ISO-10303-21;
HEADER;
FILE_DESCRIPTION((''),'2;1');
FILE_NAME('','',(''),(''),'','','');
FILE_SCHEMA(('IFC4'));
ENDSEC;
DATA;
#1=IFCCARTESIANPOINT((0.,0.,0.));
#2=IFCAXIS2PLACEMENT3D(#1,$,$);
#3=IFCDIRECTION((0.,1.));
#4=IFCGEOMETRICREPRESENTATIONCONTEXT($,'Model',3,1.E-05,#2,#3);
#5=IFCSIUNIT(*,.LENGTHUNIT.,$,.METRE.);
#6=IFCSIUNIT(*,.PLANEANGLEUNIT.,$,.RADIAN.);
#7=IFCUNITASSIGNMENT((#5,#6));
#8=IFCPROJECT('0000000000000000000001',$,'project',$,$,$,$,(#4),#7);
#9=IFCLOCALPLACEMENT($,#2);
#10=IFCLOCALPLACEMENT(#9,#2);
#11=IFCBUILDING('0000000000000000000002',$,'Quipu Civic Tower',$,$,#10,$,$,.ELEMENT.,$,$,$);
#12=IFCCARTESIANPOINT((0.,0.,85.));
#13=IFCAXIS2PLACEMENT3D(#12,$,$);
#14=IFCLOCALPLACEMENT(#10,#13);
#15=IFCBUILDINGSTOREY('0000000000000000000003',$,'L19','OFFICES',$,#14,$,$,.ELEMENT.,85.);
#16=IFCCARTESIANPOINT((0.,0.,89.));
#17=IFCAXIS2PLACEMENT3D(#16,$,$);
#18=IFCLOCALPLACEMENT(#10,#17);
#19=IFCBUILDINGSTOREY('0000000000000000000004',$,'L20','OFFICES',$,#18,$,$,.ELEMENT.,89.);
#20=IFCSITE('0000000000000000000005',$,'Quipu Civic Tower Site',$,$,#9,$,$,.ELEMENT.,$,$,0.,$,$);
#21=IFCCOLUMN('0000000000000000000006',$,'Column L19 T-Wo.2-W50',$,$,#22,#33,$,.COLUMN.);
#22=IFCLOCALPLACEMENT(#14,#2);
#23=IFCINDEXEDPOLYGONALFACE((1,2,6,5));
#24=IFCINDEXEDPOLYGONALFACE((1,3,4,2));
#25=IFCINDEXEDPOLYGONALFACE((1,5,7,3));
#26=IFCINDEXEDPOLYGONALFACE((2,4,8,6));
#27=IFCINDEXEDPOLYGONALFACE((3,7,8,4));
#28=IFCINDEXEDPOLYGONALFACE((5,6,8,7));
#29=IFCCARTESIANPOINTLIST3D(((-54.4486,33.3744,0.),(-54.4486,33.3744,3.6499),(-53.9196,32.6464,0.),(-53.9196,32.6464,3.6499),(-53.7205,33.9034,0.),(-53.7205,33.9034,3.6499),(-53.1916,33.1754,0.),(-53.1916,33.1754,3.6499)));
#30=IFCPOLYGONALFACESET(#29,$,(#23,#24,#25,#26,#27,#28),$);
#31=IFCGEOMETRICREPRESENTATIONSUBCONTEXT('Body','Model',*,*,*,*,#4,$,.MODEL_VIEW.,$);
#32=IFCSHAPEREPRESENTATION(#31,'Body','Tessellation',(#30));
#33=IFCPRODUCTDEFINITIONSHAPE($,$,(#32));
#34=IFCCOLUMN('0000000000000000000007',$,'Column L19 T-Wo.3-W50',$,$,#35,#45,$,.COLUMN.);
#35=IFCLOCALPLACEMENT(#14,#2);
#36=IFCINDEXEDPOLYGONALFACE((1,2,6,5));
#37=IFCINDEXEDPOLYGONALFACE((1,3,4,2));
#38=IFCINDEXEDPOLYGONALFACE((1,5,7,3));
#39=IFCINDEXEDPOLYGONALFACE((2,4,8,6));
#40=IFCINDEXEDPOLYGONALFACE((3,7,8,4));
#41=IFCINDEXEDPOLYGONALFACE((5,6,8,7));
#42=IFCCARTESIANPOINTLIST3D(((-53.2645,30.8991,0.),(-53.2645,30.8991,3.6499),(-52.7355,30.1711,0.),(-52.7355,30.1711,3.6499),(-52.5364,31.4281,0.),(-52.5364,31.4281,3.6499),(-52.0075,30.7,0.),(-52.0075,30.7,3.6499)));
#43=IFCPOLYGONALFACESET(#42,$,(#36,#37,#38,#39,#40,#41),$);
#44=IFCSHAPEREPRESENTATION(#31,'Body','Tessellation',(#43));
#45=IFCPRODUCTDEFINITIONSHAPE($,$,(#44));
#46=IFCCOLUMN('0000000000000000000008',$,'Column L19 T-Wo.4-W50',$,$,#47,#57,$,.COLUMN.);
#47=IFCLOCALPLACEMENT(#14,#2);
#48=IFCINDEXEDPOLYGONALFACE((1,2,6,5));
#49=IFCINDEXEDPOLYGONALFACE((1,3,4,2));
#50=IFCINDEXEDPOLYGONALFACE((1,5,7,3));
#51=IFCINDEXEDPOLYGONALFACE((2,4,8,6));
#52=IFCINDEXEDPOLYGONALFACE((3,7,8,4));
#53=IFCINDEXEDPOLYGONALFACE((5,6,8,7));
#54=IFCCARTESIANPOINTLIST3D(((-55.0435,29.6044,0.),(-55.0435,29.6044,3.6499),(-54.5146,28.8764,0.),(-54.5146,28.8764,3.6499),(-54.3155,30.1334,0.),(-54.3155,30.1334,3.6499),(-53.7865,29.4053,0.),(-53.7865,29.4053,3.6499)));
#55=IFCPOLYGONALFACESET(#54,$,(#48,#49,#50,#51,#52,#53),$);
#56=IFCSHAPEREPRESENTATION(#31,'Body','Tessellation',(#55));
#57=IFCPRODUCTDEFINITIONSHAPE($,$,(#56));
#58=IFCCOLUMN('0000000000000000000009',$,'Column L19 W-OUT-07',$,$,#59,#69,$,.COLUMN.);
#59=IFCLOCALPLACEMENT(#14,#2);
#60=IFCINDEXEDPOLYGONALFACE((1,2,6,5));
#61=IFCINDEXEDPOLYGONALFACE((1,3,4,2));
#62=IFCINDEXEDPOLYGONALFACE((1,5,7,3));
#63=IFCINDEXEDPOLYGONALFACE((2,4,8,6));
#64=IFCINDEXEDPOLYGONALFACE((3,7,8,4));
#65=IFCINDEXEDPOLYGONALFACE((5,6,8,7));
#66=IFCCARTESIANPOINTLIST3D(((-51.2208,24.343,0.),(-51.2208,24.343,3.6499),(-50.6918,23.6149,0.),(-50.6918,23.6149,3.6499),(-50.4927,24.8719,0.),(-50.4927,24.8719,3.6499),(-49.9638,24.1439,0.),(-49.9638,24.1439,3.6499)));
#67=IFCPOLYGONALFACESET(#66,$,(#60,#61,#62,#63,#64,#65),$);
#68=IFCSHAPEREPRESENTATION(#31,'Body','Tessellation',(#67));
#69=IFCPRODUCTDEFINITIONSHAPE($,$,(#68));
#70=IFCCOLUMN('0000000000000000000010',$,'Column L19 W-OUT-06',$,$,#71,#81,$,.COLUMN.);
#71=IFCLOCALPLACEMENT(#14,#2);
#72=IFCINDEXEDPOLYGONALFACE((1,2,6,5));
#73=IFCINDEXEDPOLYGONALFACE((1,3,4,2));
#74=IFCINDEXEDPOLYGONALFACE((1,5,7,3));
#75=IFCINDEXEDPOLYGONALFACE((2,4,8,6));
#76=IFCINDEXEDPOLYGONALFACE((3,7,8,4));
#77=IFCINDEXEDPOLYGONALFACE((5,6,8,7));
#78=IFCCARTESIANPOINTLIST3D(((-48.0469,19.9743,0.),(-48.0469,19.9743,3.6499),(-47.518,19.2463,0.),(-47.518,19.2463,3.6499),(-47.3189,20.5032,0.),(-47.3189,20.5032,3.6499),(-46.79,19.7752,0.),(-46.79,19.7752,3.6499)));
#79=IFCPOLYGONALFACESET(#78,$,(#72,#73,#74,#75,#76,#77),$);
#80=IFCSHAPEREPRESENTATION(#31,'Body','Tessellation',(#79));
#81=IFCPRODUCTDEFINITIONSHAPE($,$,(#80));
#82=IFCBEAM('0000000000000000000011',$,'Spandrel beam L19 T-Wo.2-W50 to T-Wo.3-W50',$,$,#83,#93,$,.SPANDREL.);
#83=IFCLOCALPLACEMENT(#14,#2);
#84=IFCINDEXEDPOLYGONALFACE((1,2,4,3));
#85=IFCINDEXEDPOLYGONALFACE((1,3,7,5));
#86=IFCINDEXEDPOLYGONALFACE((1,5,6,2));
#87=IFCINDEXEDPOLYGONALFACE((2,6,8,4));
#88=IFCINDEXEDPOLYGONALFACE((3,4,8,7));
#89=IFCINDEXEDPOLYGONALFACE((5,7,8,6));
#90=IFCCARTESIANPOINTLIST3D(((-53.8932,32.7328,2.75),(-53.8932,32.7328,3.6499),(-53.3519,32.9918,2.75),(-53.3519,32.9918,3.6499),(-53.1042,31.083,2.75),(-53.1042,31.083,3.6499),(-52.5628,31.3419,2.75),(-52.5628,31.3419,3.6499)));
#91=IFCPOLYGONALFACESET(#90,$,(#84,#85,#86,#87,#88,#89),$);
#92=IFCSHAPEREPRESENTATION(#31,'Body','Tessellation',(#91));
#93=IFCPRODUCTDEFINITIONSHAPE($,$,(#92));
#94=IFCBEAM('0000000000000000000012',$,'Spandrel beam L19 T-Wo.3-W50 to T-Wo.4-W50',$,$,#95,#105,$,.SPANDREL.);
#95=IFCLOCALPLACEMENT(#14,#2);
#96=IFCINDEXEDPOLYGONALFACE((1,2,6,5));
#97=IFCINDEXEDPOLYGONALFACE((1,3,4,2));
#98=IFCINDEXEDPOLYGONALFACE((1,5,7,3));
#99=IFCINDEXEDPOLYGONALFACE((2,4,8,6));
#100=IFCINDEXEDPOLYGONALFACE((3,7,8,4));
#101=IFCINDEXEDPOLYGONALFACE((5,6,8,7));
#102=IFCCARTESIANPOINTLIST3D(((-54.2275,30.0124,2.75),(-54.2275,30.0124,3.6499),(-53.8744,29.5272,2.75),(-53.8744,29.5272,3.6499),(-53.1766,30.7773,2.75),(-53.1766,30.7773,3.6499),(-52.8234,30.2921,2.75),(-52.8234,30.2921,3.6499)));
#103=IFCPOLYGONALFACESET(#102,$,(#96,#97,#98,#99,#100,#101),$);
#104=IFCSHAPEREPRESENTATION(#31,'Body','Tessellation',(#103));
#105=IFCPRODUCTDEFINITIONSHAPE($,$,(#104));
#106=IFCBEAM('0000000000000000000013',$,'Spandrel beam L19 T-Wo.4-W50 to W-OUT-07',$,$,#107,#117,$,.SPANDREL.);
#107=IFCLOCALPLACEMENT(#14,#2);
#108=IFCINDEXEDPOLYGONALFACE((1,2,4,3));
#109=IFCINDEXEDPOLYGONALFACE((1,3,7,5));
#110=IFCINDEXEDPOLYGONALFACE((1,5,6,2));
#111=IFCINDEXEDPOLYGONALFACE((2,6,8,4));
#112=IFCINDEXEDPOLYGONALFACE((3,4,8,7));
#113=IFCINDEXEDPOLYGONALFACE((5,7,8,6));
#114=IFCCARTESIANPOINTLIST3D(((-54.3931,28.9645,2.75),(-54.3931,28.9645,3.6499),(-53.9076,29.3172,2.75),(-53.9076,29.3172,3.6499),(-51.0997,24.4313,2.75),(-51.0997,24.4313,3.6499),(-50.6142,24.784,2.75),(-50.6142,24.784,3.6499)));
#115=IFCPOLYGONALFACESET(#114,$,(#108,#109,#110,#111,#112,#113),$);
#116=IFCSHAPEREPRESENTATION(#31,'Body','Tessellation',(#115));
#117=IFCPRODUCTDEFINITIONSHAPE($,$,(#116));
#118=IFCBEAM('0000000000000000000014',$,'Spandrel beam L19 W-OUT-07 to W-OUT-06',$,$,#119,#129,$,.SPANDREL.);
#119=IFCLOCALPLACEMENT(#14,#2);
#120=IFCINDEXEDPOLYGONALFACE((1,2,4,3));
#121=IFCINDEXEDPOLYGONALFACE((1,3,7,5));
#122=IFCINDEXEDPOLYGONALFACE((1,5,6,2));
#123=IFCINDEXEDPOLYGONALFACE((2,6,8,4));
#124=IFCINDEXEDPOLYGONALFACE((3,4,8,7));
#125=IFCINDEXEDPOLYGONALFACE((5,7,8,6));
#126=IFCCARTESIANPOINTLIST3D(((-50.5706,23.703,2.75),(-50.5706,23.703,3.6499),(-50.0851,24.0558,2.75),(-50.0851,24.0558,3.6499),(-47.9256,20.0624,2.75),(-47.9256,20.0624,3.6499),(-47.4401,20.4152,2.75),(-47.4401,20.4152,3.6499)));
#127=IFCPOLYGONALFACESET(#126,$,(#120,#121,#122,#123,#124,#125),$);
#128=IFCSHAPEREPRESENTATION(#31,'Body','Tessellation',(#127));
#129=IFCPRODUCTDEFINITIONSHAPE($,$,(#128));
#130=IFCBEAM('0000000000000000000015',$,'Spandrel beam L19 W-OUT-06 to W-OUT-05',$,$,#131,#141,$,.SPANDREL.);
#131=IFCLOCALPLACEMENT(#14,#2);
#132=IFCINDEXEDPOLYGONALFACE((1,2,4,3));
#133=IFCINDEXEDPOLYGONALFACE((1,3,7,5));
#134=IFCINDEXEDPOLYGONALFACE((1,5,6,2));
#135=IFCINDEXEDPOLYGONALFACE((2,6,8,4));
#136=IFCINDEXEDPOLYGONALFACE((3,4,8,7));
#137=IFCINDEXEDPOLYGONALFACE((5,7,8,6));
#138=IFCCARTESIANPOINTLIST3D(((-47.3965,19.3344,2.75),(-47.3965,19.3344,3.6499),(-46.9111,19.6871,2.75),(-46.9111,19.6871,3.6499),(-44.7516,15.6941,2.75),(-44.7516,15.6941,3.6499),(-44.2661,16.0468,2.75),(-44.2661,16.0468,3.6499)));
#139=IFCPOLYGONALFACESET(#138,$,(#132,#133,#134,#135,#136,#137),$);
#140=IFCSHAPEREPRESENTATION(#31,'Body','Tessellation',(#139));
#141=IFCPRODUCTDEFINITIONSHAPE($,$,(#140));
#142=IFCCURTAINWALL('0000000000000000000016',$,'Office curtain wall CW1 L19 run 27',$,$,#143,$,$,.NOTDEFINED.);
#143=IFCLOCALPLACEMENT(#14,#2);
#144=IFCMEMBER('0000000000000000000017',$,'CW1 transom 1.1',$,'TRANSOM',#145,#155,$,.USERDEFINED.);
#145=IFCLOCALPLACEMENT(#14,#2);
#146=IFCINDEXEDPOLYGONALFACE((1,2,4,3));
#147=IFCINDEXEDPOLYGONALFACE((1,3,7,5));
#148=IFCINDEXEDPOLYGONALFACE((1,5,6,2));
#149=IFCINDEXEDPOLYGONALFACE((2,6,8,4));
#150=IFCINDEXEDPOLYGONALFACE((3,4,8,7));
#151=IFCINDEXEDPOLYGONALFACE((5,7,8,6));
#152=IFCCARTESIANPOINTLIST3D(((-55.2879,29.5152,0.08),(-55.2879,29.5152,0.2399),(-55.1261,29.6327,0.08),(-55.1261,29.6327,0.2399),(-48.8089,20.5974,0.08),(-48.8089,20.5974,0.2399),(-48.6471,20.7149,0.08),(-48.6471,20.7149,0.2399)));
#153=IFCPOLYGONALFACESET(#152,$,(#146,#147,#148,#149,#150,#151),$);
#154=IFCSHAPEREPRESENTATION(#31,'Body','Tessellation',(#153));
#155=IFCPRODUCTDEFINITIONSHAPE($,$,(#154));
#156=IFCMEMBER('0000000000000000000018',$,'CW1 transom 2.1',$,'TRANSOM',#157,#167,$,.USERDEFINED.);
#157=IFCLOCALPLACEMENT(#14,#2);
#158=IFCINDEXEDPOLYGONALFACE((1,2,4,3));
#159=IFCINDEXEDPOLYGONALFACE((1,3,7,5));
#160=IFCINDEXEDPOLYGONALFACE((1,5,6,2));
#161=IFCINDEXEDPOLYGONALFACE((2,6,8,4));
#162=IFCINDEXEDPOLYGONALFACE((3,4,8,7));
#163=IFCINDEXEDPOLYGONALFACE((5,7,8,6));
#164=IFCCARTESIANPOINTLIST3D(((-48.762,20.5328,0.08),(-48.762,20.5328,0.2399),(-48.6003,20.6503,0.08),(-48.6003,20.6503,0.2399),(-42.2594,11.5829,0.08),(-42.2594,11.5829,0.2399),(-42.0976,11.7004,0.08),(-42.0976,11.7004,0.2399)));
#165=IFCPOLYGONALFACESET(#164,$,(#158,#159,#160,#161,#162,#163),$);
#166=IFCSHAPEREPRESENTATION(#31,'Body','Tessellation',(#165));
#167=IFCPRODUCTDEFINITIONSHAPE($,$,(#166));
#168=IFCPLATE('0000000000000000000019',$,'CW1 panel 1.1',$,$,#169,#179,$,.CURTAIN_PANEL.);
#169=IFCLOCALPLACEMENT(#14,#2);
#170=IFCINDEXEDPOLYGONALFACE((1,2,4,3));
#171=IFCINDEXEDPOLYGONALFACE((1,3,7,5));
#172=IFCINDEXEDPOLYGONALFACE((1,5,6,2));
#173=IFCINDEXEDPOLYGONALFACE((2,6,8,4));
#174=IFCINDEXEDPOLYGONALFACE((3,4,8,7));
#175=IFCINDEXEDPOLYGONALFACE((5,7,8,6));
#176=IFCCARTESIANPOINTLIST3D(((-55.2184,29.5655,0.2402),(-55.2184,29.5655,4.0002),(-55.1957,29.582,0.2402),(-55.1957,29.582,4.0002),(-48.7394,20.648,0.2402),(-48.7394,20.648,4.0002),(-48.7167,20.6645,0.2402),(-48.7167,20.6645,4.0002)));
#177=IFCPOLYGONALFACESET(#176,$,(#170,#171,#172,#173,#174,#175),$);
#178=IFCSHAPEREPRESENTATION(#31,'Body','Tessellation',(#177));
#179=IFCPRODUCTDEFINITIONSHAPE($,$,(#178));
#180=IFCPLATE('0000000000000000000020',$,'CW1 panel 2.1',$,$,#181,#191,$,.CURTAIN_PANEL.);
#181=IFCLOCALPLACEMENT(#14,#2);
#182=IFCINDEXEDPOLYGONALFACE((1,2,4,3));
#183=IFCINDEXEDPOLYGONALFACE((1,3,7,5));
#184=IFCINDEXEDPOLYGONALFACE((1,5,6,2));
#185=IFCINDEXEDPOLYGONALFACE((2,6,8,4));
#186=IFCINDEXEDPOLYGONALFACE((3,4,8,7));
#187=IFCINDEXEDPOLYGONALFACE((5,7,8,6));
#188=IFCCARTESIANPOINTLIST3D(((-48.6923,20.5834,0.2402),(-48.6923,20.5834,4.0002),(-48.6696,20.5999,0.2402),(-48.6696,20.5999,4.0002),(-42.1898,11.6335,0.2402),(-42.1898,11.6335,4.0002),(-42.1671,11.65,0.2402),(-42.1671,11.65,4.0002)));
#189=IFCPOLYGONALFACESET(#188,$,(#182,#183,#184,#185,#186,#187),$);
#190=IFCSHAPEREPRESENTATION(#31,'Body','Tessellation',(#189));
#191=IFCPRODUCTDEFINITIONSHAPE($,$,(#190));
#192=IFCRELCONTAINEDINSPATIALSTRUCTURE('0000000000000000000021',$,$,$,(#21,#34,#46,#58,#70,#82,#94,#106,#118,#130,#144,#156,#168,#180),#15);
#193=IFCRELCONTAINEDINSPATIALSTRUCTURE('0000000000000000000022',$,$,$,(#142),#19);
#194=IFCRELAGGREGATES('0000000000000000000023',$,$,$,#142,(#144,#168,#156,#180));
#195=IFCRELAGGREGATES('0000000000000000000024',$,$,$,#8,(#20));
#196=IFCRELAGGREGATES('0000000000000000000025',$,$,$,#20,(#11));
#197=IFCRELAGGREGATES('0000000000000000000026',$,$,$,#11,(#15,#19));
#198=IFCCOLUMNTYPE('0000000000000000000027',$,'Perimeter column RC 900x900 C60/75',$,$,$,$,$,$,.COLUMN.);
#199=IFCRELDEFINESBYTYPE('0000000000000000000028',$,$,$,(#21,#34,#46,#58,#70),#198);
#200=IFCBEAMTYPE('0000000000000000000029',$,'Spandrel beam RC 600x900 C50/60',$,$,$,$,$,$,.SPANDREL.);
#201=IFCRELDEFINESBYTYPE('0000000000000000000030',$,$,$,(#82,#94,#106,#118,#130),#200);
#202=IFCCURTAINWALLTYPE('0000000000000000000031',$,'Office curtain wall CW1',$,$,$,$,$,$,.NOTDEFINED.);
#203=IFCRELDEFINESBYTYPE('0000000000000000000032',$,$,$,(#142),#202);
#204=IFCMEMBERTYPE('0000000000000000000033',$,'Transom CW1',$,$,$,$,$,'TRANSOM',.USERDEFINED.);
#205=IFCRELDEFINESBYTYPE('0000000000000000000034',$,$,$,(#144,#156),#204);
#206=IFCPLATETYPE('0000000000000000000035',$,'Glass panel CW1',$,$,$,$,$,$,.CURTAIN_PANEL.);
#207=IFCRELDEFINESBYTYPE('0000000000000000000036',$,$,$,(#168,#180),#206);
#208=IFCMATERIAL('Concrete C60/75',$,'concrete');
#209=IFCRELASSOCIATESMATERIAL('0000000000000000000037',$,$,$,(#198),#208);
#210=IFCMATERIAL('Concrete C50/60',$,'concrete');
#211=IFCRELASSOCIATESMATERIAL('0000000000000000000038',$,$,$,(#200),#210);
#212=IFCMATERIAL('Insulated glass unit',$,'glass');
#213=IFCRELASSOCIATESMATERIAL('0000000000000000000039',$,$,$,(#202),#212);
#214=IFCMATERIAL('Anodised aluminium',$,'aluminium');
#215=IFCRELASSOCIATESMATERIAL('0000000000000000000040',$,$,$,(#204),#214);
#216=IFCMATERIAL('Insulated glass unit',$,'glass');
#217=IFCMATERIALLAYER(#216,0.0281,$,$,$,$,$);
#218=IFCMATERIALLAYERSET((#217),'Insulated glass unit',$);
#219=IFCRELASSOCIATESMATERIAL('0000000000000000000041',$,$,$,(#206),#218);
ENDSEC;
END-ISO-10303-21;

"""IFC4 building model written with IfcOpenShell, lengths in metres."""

from ifc_helpers import new_model, si_unit, direction, frame, origin, origin_2d, place, context, subcontext, project, spatial, rectangle, extrude, material, layer, layer_set, material_profile, profile_set, type_object, element, aggregate, save


model = new_model("IFC4")

# Units and contexts
model_context = context("Model", 3, precision=1e-05, world=origin(), true_north=direction((0.0, 1.0)))
body_context = subcontext(model_context, "Body", "Model", "MODEL_VIEW")
ifc_project = project(units=[si_unit("LENGTHUNIT", "METRE"), si_unit("PLANEANGLEUNIT", "RADIAN")], contexts=[model_context])

# Site, building, storey
site_placement = place(None, origin())
site = spatial("IfcSite", under=ifc_project, at=site_placement, Name="Quipu Civic Tower Site", CompositionType="ELEMENT", RefElevation=0.0)
building_placement = place(site_placement, origin())
building = spatial("IfcBuilding", under=site, at=building_placement, Name="Quipu Civic Tower", CompositionType="ELEMENT")
storey_1_placement = place(building_placement, frame((0.0, 0.0, 85.0)))
storey_1 = spatial("IfcBuildingStorey", under=building, at=storey_1_placement, Name="L19", Description="OFFICES", CompositionType="ELEMENT", Elevation=85.0)

# Columns
ifc_material_1 = material(Name="Concrete C60/75", Category="concrete")
ifc_material_profile_1 = material_profile(ifc_material_1, rectangle(XDim=0.8999, YDim=0.8999, at=origin_2d()), Name="RC900x900")
ifc_profile_set_1 = profile_set([ifc_material_profile_1], Name="Concrete C60/75")
column_type = type_object("IfcColumnType", Name="Perimeter column RC 900x900 C60/75", PredefinedType="COLUMN", material=ifc_profile_set_1)
for number, where, z_axis, x_axis, name in (
    (1, (-53.8201, 33.2749, 0.0), (0.0, 0.0, 1.0), (0.587785, -0.809017, 0.0), "Column L19 T-Wo.2-W50"),
    (2, (-52.636, 30.7996, 0.0), (0.0, 0.0, 1.0), (-0.809017, -0.587785, 0.0), "Column L19 T-Wo.3-W50"),
    (3, (-54.415, 29.5049, 0.0), (0.0, 0.0, 1.0), (0.587785, -0.809017, 0.0), "Column L19 T-Wo.4-W50"),
    (4, (-50.5923, 24.2434, 0.0), (0.0, 0.0, 1.0), (0.587785, -0.809017, 0.0), "Column L19 W-OUT-07"),
    (5, (-47.4185, 19.8748, 0.0), (0.0, 0.0, 1.0), (0.587785, -0.809017, 0.0), "Column L19 W-OUT-06"),
):
    element("IfcColumn", number, at=place(storey_1_placement, frame(where, z_axis=z_axis, x_axis=x_axis)), inside=storey_1, type_object=column_type, Name=name, PredefinedType="COLUMN", context=body_context, shape_type="SweptSolid", body=[
        extrude(rectangle(XDim=0.8999, YDim=0.8999, at=origin_2d()), origin(), (0.0, 0.0, 1.0), 3.6499),
    ])

# Beams
ifc_material_2 = material(Name="Concrete C50/60", Category="concrete")
ifc_material_profile_2 = material_profile(ifc_material_2, rectangle(XDim=0.6001, YDim=0.8999, at=origin_2d()), Name="RC600x900")
ifc_profile_set_2 = profile_set([ifc_material_profile_2], Name="Concrete C50/60")
beam_type = type_object("IfcBeamType", Name="Spandrel beam RC 600x900 C50/60", PredefinedType="SPANDREL", material=ifc_profile_set_2)
beam_1_placement = place(storey_1_placement, frame((-53.6226, 32.8623, 3.2), z_axis=(0.431446, -0.902139, 0.0), x_axis=(0.902139, 0.431446, 0.0)))
element("IfcBeam", 6, at=beam_1_placement, inside=storey_1, type_object=beam_type, Name="Spandrel beam L19 T-Wo.2-W50 to T-Wo.3-W50", PredefinedType="SPANDREL", context=body_context, shape_type="SweptSolid", body=[
    extrude(rectangle(XDim=0.6001, YDim=0.8999, at=origin_2d()), origin(), (0.0, 0.0, 1.0), 1.8289),
])
beam_2_placement = place(storey_1_placement, frame((-53.0, 30.5347, 3.2), z_axis=(-0.808549, -0.588429, 0.0), x_axis=(0.588429, -0.808549, 0.0)))
element("IfcBeam", 7, at=beam_2_placement, inside=storey_1, type_object=beam_type, Name="Spandrel beam L19 T-Wo.3-W50 to T-Wo.4-W50", PredefinedType="SPANDREL", context=body_context, shape_type="SweptSolid", body=[
    extrude(rectangle(XDim=0.6001, YDim=0.8999, at=origin_2d()), origin(), (0.0, 0.0, 1.0), 1.2998),
])
beam_3_placement = place(storey_1_placement, frame((-54.1504, 29.1409, 3.2), z_axis=(0.587773, -0.809026, 0.0), x_axis=(0.809026, 0.587773, 0.0)))
element("IfcBeam", 8, at=beam_3_placement, inside=storey_1, type_object=beam_type, Name="Spandrel beam L19 T-Wo.4-W50 to W-OUT-07", PredefinedType="SPANDREL", context=body_context, shape_type="SweptSolid", body=[
    extrude(rectangle(XDim=0.6001, YDim=0.8999, at=origin_2d()), origin(), (0.0, 0.0, 1.0), 5.6033),
])
beam_4_placement = place(storey_1_placement, frame((-50.3279, 23.8794, 3.2), z_axis=(0.587778, -0.809022, 0.0), x_axis=(0.809022, 0.587778, 0.0)))
element("IfcBeam", 9, at=beam_4_placement, inside=storey_1, type_object=beam_type, Name="Spandrel beam L19 W-OUT-07 to W-OUT-06", PredefinedType="SPANDREL", context=body_context, shape_type="SweptSolid", body=[
    extrude(rectangle(XDim=0.6001, YDim=0.8999, at=origin_2d()), origin(), (0.0, 0.0, 1.0), 4.5),
])
beam_5_placement = place(storey_1_placement, frame((-47.1538, 19.5107, 3.2), z_axis=(0.587804, -0.809003, 0.0), x_axis=(0.809003, 0.587804, 0.0)))
element("IfcBeam", 10, at=beam_5_placement, inside=storey_1, type_object=beam_type, Name="Spandrel beam L19 W-OUT-06 to W-OUT-05", PredefinedType="SPANDREL", context=body_context, shape_type="SweptSolid", body=[
    extrude(rectangle(XDim=0.6001, YDim=0.8999, at=origin_2d()), origin(), (0.0, 0.0, 1.0), 4.4998),
])

# Shared definitions
storey_2_placement = place(building_placement, frame((0.0, 0.0, 89.0)))
storey_2 = spatial("IfcBuildingStorey", under=building, at=storey_2_placement, Name="L20", Description="OFFICES", CompositionType="ELEMENT", Elevation=89.0)

# Curtain wall, members, plates
ifc_material_3 = material(Name="Insulated glass unit", Category="glass")
curtain_wall_type = type_object("IfcCurtainWallType", Name="Office curtain wall CW1", PredefinedType="NOTDEFINED", material=ifc_material_3)
curtain_wall_placement = place(storey_2_placement, origin())
curtain_wall = element("IfcCurtainWall", 11, at=curtain_wall_placement, inside=storey_2, type_object=curtain_wall_type, Name="Office curtain wall CW1 L19 run 27", PredefinedType="NOTDEFINED")
ifc_material_4 = material(Name="Anodised aluminium", Category="aluminium")
ifc_material_profile_3 = material_profile(ifc_material_4, rectangle(XDim=0.2, YDim=0.1599, at=origin_2d()), Name="RECT 200x160")
ifc_profile_set_3 = profile_set([ifc_material_profile_3], Name="Anodised aluminium")
member_type = type_object("IfcMemberType", Name="Transom CW1", ElementType="TRANSOM", PredefinedType="USERDEFINED", material=ifc_profile_set_3)
member_1_placement = place(storey_1_placement, frame((-55.207, 29.574, 0.1599), z_axis=(0.587779, -0.809021, 0.0), x_axis=(0.809021, 0.587779, 0.0)))
member_1 = element("IfcMember", 12, at=member_1_placement, inside=storey_1, type_object=member_type, Name="CW1 transom 1.1", ObjectType="TRANSOM", PredefinedType="USERDEFINED", context=body_context, shape_type="SweptSolid", body=[
    extrude(rectangle(XDim=0.2, YDim=0.1599, at=origin_2d()), origin(), (0.0, 0.0, 1.0), 11.0229),
])
member_2_placement = place(storey_1_placement, frame((-48.6812, 20.5916, 0.1599), z_axis=(0.587795, -0.80901, 0.0), x_axis=(0.80901, 0.587795, 0.0)))
member_2 = element("IfcMember", 13, at=member_2_placement, inside=storey_1, type_object=member_type, Name="CW1 transom 2.1", ObjectType="TRANSOM", PredefinedType="USERDEFINED", context=body_context, shape_type="SweptSolid", body=[
    extrude(rectangle(XDim=0.2, YDim=0.1599, at=origin_2d()), origin(), (0.0, 0.0, 1.0), 11.0627),
])
ifc_material_5 = material(Name="Insulated glass unit", Category="glass")
ifc_layer_1 = layer(ifc_material_5, 0.0281)
ifc_layer_set_1 = layer_set([ifc_layer_1], Name="Insulated glass unit")
plate_type_1 = type_object("IfcPlateType", Name="Glass panel CW1", PredefinedType="CURTAIN_PANEL", material=ifc_layer_set_1)
plate_1_placement = place(storey_1_placement, frame((-51.9675, 25.115, 0.2402), z_axis=(0.0, 0.0, 1.0), x_axis=(0.587786, -0.809017, 0.0)))
plate_1 = element("IfcPlate", 14, at=plate_1_placement, inside=storey_1, type_object=plate_type_1, Name="CW1 panel 1.1", PredefinedType="CURTAIN_PANEL", context=body_context, shape_type="SweptSolid", body=[
    extrude(rectangle(XDim=11.0227, YDim=0.0281, at=origin_2d()), origin(), (0.0, 0.0, 1.0), 3.76),
])
plate_2_placement = place(storey_1_placement, frame((-45.4297, 16.1167, 0.2402), z_axis=(0.0, 0.0, 1.0), x_axis=(0.587786, -0.809017, 0.0)))
plate_2 = element("IfcPlate", 15, at=plate_2_placement, inside=storey_1, type_object=plate_type_1, Name="CW1 panel 2.1", PredefinedType="CURTAIN_PANEL", context=body_context, shape_type="SweptSolid", body=[
    extrude(rectangle(XDim=11.0627, YDim=0.0281, at=origin_2d()), origin(), (0.0, 0.0, 1.0), 3.76),
])
aggregate(curtain_wall, [member_1, plate_1, member_2, plate_2])

save(model, "model.ifc")
